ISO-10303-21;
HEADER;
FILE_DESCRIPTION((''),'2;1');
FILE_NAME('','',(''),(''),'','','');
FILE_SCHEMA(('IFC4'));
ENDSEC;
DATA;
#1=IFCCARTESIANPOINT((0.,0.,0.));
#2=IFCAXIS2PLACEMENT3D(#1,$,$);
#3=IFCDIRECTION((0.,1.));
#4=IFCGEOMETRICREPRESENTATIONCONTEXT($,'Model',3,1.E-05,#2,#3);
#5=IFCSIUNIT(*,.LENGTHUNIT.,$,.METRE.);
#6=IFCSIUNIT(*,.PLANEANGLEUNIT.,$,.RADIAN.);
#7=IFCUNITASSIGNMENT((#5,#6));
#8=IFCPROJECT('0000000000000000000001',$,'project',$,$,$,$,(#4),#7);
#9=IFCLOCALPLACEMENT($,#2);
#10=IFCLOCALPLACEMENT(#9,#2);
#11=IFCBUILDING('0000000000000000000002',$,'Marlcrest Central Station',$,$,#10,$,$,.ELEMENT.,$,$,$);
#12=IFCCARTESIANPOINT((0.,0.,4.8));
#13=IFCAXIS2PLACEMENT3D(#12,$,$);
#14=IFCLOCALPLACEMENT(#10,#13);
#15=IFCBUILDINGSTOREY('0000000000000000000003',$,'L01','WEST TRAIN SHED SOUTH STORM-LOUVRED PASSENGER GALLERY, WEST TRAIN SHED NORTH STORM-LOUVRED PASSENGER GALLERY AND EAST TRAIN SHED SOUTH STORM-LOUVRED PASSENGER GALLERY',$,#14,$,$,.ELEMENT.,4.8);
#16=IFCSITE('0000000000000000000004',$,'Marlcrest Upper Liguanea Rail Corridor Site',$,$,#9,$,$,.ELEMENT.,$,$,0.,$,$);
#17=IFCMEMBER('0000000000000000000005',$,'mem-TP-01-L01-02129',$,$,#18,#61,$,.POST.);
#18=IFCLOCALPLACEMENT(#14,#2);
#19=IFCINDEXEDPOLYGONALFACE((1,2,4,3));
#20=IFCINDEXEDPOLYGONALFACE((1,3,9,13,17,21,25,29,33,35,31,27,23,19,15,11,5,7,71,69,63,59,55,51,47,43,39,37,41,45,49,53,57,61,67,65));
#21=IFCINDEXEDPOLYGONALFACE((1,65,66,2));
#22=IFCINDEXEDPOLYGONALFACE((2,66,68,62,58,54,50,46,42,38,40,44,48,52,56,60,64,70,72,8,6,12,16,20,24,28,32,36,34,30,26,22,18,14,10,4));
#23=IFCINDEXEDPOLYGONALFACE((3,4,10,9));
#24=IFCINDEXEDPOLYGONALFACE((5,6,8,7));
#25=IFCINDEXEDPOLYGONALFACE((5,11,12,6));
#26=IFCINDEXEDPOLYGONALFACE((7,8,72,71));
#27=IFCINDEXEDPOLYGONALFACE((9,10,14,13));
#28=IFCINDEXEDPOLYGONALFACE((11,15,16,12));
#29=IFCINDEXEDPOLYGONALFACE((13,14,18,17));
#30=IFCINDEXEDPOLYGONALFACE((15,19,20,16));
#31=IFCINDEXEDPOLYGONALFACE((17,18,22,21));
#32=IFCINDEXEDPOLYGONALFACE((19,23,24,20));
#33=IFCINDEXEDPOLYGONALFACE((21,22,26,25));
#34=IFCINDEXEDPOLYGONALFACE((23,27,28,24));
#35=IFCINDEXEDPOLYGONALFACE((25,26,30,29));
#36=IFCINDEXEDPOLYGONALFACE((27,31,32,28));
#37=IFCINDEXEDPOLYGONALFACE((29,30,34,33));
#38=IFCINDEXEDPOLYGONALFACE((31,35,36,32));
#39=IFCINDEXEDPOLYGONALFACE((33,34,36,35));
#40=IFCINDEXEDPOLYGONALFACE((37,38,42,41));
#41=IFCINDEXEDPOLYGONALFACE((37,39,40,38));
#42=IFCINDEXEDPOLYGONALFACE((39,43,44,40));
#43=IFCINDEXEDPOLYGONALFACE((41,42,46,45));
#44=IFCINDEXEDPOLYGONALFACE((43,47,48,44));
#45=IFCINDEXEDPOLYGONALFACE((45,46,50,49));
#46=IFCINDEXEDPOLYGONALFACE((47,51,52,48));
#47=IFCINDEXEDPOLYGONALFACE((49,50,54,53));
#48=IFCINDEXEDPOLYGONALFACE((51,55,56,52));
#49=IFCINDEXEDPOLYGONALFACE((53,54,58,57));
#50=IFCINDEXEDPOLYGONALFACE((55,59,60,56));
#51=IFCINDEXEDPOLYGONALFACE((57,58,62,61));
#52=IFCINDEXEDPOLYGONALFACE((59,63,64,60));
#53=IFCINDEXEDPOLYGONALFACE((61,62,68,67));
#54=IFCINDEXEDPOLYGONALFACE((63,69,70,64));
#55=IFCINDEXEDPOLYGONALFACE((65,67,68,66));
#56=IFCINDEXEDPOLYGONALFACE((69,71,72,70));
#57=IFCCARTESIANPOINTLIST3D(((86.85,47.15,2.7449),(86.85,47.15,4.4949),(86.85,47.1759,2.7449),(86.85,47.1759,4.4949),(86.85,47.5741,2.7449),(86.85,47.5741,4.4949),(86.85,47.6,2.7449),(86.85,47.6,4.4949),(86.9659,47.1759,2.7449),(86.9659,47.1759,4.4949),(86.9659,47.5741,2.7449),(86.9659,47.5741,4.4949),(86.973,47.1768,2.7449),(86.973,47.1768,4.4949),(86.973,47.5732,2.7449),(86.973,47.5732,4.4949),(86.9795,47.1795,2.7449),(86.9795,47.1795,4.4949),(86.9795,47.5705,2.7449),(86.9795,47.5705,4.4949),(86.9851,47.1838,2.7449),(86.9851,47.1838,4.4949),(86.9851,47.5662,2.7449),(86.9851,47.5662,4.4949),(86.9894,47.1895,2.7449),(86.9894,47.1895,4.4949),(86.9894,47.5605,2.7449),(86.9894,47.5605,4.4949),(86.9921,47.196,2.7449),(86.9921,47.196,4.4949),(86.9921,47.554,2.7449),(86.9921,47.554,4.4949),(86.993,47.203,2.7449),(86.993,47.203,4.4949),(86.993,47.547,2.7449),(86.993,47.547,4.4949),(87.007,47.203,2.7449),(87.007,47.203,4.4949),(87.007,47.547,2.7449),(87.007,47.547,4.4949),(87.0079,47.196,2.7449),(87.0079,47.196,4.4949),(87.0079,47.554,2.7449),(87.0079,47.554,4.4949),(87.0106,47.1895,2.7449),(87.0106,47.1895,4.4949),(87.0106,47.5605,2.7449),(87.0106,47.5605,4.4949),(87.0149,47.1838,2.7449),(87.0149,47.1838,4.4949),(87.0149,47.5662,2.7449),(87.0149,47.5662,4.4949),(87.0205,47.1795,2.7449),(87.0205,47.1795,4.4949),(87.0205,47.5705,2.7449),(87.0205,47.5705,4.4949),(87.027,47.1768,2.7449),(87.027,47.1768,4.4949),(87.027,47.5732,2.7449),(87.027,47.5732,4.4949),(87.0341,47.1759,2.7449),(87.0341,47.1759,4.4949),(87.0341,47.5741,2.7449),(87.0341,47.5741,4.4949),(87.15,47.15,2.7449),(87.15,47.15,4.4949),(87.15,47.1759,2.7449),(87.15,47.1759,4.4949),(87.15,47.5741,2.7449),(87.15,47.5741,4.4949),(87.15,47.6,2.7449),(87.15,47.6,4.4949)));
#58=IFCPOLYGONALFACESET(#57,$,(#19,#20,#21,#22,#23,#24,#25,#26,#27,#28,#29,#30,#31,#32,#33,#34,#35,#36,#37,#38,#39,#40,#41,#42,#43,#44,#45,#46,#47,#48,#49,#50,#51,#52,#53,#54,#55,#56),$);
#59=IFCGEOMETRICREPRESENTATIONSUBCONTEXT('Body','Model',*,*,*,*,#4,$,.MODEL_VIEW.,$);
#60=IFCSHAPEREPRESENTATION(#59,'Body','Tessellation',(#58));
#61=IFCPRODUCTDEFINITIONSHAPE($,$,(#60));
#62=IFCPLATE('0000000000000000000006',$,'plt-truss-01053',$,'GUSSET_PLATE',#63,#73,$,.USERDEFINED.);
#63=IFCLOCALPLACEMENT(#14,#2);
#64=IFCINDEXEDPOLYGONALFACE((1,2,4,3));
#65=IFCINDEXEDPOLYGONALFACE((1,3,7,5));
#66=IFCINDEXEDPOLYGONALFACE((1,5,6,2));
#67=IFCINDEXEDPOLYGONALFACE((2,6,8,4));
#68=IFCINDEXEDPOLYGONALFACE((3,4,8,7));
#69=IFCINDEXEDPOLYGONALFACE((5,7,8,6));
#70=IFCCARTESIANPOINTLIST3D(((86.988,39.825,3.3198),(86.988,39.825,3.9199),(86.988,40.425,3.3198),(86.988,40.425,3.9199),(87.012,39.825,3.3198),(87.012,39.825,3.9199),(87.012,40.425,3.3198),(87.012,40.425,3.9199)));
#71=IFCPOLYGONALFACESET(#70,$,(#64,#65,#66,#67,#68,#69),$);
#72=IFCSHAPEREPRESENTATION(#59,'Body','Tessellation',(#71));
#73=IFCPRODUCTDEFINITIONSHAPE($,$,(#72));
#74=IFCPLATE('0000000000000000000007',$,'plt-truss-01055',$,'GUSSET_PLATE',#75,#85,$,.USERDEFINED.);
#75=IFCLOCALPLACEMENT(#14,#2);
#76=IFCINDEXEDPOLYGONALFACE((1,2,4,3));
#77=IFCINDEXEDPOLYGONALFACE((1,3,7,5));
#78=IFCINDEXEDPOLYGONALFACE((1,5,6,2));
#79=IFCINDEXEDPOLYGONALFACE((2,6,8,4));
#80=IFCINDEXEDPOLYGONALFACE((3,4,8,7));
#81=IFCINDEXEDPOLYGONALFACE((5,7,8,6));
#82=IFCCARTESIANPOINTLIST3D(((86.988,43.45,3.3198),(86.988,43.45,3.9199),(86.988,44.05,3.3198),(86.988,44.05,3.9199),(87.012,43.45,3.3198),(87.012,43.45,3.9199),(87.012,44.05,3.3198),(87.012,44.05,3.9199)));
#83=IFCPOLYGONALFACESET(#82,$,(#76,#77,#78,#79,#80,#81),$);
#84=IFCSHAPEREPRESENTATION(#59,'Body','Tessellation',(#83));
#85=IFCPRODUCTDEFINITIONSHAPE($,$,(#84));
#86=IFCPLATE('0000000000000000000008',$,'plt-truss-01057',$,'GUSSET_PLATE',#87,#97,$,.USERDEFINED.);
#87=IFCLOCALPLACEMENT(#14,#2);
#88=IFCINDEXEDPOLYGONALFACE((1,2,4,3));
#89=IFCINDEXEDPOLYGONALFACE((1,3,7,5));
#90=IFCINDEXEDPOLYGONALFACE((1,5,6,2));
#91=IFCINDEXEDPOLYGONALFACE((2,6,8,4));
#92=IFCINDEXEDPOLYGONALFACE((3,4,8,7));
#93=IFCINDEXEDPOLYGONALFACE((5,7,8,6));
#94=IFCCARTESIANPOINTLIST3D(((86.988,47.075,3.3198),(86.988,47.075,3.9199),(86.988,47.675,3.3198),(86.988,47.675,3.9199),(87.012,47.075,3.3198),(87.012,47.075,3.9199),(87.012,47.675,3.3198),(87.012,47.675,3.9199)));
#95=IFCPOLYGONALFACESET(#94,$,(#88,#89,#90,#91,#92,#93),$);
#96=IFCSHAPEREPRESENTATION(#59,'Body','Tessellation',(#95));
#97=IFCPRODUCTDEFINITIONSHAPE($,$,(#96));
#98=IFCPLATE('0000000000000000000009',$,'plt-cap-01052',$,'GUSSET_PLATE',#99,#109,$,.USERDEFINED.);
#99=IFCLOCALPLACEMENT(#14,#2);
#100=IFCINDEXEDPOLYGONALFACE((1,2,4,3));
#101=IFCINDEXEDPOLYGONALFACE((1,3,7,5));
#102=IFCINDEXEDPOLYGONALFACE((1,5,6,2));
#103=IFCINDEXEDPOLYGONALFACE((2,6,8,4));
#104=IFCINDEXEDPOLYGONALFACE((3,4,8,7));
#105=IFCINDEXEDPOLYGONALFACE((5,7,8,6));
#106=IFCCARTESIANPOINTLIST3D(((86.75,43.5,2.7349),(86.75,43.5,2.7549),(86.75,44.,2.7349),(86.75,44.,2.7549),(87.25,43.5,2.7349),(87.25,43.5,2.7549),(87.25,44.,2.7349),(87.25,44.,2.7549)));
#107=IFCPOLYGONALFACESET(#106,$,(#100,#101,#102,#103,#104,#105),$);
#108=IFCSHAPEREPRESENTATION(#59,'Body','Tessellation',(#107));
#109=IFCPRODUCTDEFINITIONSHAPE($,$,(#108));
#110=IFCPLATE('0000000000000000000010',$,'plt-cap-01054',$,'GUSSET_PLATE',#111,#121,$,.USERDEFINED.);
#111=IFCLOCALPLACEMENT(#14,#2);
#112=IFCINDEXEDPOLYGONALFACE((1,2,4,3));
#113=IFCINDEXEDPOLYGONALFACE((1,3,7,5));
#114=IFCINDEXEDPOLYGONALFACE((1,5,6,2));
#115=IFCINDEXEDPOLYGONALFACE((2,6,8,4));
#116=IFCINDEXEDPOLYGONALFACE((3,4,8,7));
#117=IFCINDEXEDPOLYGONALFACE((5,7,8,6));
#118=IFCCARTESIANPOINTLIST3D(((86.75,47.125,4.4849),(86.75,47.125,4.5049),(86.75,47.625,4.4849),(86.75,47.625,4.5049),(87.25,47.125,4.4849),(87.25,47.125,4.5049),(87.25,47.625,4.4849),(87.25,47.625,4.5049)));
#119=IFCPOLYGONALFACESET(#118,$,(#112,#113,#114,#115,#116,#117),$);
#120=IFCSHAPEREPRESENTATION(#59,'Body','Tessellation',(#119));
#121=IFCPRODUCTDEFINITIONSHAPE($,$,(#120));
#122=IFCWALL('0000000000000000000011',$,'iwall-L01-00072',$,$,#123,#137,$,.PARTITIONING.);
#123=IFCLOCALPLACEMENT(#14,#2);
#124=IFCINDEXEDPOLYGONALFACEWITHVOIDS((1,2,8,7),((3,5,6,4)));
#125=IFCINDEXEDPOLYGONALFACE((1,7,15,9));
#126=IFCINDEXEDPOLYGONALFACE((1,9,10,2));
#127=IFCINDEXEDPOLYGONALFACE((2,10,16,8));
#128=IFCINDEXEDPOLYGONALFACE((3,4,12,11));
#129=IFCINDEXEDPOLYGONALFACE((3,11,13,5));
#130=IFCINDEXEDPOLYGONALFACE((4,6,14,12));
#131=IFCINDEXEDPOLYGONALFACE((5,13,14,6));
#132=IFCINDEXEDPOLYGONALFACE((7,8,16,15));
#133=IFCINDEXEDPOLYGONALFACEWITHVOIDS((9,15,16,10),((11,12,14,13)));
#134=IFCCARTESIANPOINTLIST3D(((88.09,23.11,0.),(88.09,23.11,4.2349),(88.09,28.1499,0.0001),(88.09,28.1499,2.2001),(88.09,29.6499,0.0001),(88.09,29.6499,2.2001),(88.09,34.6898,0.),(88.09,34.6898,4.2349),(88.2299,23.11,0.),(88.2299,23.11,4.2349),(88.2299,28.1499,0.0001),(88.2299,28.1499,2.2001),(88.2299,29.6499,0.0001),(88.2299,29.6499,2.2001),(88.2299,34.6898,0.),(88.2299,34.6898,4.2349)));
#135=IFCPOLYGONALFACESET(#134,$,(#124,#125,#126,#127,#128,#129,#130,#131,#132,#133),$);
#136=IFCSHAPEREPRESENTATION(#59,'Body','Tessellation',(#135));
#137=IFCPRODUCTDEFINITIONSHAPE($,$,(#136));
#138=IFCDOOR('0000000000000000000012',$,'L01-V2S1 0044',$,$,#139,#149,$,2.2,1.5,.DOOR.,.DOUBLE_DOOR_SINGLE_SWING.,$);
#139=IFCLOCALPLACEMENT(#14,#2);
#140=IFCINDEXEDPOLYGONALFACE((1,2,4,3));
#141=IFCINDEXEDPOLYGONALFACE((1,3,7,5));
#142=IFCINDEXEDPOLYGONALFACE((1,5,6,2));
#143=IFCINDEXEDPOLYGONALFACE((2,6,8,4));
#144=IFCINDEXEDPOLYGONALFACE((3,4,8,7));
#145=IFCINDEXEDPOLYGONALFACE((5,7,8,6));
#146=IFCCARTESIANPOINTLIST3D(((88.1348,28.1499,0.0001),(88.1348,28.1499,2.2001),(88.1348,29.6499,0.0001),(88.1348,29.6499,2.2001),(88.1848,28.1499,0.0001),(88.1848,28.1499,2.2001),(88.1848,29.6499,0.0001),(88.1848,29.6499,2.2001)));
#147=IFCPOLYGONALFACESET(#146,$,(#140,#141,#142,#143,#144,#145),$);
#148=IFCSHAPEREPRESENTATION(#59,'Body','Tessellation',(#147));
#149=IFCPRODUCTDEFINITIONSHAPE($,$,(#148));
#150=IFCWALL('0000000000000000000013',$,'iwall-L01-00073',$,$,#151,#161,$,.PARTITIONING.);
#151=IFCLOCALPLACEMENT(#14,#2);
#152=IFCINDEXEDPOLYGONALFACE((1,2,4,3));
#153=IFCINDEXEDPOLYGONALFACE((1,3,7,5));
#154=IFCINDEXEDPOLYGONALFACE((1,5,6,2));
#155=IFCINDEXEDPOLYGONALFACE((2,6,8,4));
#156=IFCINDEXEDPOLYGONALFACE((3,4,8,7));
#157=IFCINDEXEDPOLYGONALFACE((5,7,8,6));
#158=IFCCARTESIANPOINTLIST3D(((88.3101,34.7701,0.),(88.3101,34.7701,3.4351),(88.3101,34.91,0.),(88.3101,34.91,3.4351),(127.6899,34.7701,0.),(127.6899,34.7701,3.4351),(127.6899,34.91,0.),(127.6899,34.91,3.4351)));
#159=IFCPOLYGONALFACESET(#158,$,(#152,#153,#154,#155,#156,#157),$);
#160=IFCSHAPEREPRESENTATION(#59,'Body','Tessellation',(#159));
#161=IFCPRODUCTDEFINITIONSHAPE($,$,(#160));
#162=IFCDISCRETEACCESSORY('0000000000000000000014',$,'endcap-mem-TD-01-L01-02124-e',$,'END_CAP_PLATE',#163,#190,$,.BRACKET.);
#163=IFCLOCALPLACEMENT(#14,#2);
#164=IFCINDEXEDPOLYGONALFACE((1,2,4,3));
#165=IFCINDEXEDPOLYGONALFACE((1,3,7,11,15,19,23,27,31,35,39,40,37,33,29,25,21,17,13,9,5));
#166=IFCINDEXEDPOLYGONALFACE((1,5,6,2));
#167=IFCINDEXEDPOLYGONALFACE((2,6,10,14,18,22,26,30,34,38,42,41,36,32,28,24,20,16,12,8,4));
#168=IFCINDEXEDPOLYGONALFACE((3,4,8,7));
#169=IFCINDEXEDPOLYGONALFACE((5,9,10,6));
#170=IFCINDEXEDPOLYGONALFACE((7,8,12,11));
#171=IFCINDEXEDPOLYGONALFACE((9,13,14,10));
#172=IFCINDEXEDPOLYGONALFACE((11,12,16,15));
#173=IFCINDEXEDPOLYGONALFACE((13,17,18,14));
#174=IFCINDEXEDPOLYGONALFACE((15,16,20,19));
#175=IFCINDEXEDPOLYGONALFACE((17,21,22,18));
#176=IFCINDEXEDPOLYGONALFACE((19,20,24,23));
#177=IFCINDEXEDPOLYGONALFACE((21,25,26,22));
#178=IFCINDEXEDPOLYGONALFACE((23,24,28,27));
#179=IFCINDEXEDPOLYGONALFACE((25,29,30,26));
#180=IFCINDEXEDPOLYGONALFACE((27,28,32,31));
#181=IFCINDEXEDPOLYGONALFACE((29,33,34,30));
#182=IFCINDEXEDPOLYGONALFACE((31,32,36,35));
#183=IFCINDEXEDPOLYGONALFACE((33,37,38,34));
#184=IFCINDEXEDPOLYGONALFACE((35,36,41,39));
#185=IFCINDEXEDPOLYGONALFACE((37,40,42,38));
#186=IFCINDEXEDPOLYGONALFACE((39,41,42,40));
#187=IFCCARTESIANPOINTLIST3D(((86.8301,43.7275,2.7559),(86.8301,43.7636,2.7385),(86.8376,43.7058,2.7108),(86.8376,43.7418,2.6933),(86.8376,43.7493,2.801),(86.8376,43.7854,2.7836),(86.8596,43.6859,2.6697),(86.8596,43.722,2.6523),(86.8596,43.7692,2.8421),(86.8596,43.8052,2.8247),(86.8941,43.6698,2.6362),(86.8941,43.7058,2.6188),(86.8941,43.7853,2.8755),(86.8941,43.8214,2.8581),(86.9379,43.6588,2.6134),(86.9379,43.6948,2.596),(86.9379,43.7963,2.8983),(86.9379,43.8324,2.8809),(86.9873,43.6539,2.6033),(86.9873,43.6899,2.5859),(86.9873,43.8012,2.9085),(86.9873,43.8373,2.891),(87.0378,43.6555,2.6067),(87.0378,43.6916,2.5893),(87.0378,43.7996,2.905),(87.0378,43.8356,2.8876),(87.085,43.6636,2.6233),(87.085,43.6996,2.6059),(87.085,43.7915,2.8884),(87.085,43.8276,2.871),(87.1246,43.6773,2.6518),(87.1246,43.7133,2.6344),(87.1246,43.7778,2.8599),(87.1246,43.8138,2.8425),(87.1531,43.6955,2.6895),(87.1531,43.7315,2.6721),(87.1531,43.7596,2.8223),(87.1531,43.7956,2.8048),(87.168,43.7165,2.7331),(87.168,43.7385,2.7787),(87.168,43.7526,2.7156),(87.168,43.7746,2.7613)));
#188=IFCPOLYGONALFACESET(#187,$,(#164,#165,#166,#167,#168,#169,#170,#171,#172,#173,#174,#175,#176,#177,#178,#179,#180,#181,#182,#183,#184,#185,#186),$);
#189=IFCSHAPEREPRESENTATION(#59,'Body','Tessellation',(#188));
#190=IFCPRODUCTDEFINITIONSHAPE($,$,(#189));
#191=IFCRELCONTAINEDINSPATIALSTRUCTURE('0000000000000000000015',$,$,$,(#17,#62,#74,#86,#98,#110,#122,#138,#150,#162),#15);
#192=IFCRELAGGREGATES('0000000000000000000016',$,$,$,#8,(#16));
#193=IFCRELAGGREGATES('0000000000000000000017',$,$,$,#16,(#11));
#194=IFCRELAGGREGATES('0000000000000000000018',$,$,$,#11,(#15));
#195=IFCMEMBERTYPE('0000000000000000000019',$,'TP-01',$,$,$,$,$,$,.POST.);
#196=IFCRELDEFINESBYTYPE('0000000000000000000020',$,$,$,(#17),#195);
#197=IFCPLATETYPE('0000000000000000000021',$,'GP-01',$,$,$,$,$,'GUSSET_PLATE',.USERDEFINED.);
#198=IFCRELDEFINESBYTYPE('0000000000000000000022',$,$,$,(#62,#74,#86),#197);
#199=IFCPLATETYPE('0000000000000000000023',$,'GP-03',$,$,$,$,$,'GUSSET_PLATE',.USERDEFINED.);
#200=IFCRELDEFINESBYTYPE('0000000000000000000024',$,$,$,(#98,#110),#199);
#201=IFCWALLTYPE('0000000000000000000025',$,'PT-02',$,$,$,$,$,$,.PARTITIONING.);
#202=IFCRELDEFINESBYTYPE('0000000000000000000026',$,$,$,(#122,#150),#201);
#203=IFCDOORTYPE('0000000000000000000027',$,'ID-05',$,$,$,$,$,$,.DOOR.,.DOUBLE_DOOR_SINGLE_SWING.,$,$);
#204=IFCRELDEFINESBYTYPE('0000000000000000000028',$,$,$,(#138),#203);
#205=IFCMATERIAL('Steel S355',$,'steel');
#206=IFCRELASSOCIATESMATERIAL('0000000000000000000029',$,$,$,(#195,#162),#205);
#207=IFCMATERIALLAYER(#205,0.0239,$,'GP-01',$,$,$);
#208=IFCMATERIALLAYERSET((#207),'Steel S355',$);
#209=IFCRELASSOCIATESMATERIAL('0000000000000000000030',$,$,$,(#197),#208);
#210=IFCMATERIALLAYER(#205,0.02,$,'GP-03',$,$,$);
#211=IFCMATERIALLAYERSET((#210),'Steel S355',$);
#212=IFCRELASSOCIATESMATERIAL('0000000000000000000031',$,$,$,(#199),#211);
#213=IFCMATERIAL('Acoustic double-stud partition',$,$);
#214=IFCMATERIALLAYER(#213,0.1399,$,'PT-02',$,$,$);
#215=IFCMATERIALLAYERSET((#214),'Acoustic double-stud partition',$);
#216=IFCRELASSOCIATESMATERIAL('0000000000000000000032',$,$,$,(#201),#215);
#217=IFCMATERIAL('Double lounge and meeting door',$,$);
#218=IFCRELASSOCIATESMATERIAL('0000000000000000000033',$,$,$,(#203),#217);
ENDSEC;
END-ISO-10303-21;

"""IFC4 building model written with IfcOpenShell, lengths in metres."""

from ifc_helpers import new_model, si_unit, direction, frame, frame_2d, origin, origin_2d, place, context, subcontext, project, spatial, rectangle, circle, i_section, extrude, material, layer, layer_set, material_profile, profile_set, type_object, element, fill, save


model = new_model("IFC4")

# Units and contexts
model_context = context("Model", 3, precision=1e-05, world=origin(), true_north=direction((0.0, 1.0)))
body_context = subcontext(model_context, "Body", "Model", "MODEL_VIEW")
ifc_project = project(units=[si_unit("LENGTHUNIT", "METRE"), si_unit("PLANEANGLEUNIT", "RADIAN")], contexts=[model_context])

# Site, building, storey
site_placement = place(None, origin())
site = spatial("IfcSite", under=ifc_project, at=site_placement, Name="Marlcrest Upper Liguanea Rail Corridor Site", CompositionType="ELEMENT", RefElevation=0.0)
building_placement = place(site_placement, origin())
building = spatial("IfcBuilding", under=site, at=building_placement, Name="Marlcrest Central Station", CompositionType="ELEMENT")
storey_placement = place(building_placement, frame((0.0, 0.0, 4.8)))
storey = spatial("IfcBuildingStorey", under=building, at=storey_placement, Name="L01", Description="WEST TRAIN SHED SOUTH STORM-LOUVRED PASSENGER GALLERY, WEST TRAIN SHED NORTH STORM-LOUVRED PASSENGER GALLERY AND EAST TRAIN SHED SOUTH STORM-LOUVRED PASSENGER GALLERY", CompositionType="ELEMENT", Elevation=4.8)

# Shared definitions
ifc_material_1 = material(Name="Steel S355", Category="steel")

# Member
ifc_material_profile_1 = material_profile(ifc_material_1, i_section(OverallWidth=0.3, OverallDepth=0.45, WebThickness=0.0139, FlangeThickness=0.0259, FilletRadius=0.0271, at=origin_2d()), Name="HEB 450")
ifc_profile_set_1 = profile_set([ifc_material_profile_1], Name="Steel S355")
member_type_1 = type_object("IfcMemberType", Name="TP-01", PredefinedType="POST", material=ifc_profile_set_1)
for number, where, z_axis, x_axis, name in (
    (1, (87.0, 47.375, 2.7449), (0.0, 0.0, 1.0), (1.0, 0.0, 0.0), "mem-TP-01-L01-02129"),
):
    element("IfcMember", number, at=place(storey_placement, frame(where, z_axis=z_axis, x_axis=x_axis)), inside=storey, type_object=member_type_1, Name=name, PredefinedType="POST", context=body_context, shape_type="SweptSolid", body=[
        extrude(i_section(OverallWidth=0.3, OverallDepth=0.45, WebThickness=0.0139, FlangeThickness=0.0259, FilletRadius=0.0271, at=origin_2d()), origin(), (0.0, 0.0, 1.0), 1.75),
    ])

# Plates
ifc_layer_1 = layer(ifc_material_1, 0.0239, Name="GP-01")
ifc_layer_set_1 = layer_set([ifc_layer_1], Name="Steel S355")
plate_type_1 = type_object("IfcPlateType", Name="GP-01", ElementType="GUSSET_PLATE", PredefinedType="USERDEFINED", material=ifc_layer_set_1)
for number, where, z_axis, x_axis, name in (
    (2, (87.0, 40.125, 3.3198), (0.0, 0.0, 1.0), (1.0, 0.0, 0.0), "plt-truss-01053"),
    (3, (87.0, 43.75, 3.3198), (0.0, 0.0, 1.0), (1.0, 0.0, 0.0), "plt-truss-01055"),
    (4, (87.0, 47.375, 3.3198), (0.0, 0.0, 1.0), (1.0, 0.0, 0.0), "plt-truss-01057"),
):
    element("IfcPlate", number, at=place(storey_placement, frame(where, z_axis=z_axis, x_axis=x_axis)), inside=storey, type_object=plate_type_1, Name=name, ObjectType="GUSSET_PLATE", PredefinedType="USERDEFINED", context=body_context, shape_type="SweptSolid", body=[
        extrude(rectangle(XDim=0.0239, YDim=0.6001, at=origin_2d()), origin(), (0.0, 0.0, 1.0), 0.6001),
    ])
ifc_layer_2 = layer(ifc_material_1, 0.02, Name="GP-03")
ifc_layer_set_2 = layer_set([ifc_layer_2], Name="Steel S355")
plate_type_2 = type_object("IfcPlateType", Name="GP-03", ElementType="GUSSET_PLATE", PredefinedType="USERDEFINED", material=ifc_layer_set_2)
for number, where, z_axis, x_axis, name in (
    (5, (87.0, 43.75, 2.7349), (0.0, 0.0, 1.0), (1.0, 0.0, 0.0), "plt-cap-01052"),
    (6, (87.0, 47.375, 4.4849), (0.0, 0.0, 1.0), (1.0, 0.0, 0.0), "plt-cap-01054"),
):
    element("IfcPlate", number, at=place(storey_placement, frame(where, z_axis=z_axis, x_axis=x_axis)), inside=storey, type_object=plate_type_2, Name=name, ObjectType="GUSSET_PLATE", PredefinedType="USERDEFINED", context=body_context, shape_type="SweptSolid", body=[
        extrude(rectangle(XDim=0.5, YDim=0.5, at=origin_2d()), origin(), (0.0, 0.0, 1.0), 0.02),
    ])

# Wall, opening, door
ifc_material_2 = material(Name="Acoustic double-stud partition")
ifc_layer_3 = layer(ifc_material_2, 0.1399, Name="PT-02")
ifc_layer_set_3 = layer_set([ifc_layer_3], Name="Acoustic double-stud partition")
wall_type = type_object("IfcWallType", Name="PT-02", PredefinedType="PARTITIONING", material=ifc_layer_set_3)
wall_1_placement = place(storey_placement, frame((88.1599, 34.6899, 0.0), z_axis=(0.0, 0.0, 1.0), x_axis=(0.0, -1.0, 0.0)))
wall_1 = element("IfcWall", 7, at=wall_1_placement, inside=storey, type_object=wall_type, Name="iwall-L01-00072", PredefinedType="PARTITIONING", context=body_context, shape_type="SweptSolid", body=[
    extrude(rectangle(XDim=11.5798, YDim=0.1399, at=frame_2d((5.79, 0.0))), origin(), (0.0, 0.0, 1.0), 4.2349),
])
opening_placement = place(wall_1_placement, frame((5.04, 0.0, 0.0)))
opening = element("IfcOpeningElement", 8, at=opening_placement, cuts=wall_1, PredefinedType="OPENING", context=body_context, shape_type="SweptSolid", body=[
    extrude(rectangle(XDim=1.5, YDim=2.2, at=frame_2d((0.75, 1.1001))), frame((0.0, 0.0798, 0.0), z_axis=(0.0, -1.0, 0.0), x_axis=(1.0, 0.0, 0.0)), (0.0, 0.0, 1.0), 0.1599),
])
ifc_material_3 = material(Name="Double lounge and meeting door")
door_type = type_object("IfcDoorType", Name="ID-05", OperationType="DOUBLE_DOOR_SINGLE_SWING", PredefinedType="DOOR", material=ifc_material_3)
door_placement = place(opening_placement, origin())
door = element("IfcDoor", 9, at=door_placement, inside=storey, type_object=door_type, Name="L01-V2S1 0044", OperationType="DOUBLE_DOOR_SINGLE_SWING", OverallHeight=2.2, OverallWidth=1.5, PredefinedType="DOOR", context=body_context, shape_type="SweptSolid", body=[
    extrude(rectangle(XDim=1.5, YDim=2.2, at=frame_2d((0.75, 1.1001))), frame((0.0, 0.0249, 0.0), z_axis=(0.0, -1.0, 0.0), x_axis=(1.0, 0.0, 0.0)), (0.0, 0.0, 1.0), 0.05),
])
fill(opening, door)

# Wall
wall_2_placement = place(storey_placement, frame((88.3101, 34.8401, 0.0), z_axis=(0.0, 0.0, 1.0), x_axis=(1.0, 0.0, 0.0)))
element("IfcWall", 10, at=wall_2_placement, inside=storey, type_object=wall_type, Name="iwall-L01-00073", PredefinedType="PARTITIONING", context=body_context, shape_type="SweptSolid", body=[
    extrude(rectangle(XDim=39.3799, YDim=0.1399, at=frame_2d((19.6899, 0.0))), origin(), (0.0, 0.0, 1.0), 3.4351),
])

# Discrete accessory
for number, where, z_axis, x_axis, name in (
    (11, (87.0, 43.7275, 2.7559), (0.0, 0.900552, -0.434749), (-1.0, 0.0, 0.0), "endcap-mem-TD-01-L01-02124-e"),
):
    element("IfcDiscreteAccessory", number, at=place(storey_placement, frame(where, z_axis=z_axis, x_axis=x_axis)), inside=storey, material=ifc_material_1, Name=name, ObjectType="END_CAP_PLATE", PredefinedType="BRACKET", context=body_context, shape_type="SweptSolid", body=[
        extrude(circle(Radius=0.1699, at=origin_2d()), origin(), (0.0, 0.0, 1.0), 0.04),
    ])

save(model, "model.ifc")
